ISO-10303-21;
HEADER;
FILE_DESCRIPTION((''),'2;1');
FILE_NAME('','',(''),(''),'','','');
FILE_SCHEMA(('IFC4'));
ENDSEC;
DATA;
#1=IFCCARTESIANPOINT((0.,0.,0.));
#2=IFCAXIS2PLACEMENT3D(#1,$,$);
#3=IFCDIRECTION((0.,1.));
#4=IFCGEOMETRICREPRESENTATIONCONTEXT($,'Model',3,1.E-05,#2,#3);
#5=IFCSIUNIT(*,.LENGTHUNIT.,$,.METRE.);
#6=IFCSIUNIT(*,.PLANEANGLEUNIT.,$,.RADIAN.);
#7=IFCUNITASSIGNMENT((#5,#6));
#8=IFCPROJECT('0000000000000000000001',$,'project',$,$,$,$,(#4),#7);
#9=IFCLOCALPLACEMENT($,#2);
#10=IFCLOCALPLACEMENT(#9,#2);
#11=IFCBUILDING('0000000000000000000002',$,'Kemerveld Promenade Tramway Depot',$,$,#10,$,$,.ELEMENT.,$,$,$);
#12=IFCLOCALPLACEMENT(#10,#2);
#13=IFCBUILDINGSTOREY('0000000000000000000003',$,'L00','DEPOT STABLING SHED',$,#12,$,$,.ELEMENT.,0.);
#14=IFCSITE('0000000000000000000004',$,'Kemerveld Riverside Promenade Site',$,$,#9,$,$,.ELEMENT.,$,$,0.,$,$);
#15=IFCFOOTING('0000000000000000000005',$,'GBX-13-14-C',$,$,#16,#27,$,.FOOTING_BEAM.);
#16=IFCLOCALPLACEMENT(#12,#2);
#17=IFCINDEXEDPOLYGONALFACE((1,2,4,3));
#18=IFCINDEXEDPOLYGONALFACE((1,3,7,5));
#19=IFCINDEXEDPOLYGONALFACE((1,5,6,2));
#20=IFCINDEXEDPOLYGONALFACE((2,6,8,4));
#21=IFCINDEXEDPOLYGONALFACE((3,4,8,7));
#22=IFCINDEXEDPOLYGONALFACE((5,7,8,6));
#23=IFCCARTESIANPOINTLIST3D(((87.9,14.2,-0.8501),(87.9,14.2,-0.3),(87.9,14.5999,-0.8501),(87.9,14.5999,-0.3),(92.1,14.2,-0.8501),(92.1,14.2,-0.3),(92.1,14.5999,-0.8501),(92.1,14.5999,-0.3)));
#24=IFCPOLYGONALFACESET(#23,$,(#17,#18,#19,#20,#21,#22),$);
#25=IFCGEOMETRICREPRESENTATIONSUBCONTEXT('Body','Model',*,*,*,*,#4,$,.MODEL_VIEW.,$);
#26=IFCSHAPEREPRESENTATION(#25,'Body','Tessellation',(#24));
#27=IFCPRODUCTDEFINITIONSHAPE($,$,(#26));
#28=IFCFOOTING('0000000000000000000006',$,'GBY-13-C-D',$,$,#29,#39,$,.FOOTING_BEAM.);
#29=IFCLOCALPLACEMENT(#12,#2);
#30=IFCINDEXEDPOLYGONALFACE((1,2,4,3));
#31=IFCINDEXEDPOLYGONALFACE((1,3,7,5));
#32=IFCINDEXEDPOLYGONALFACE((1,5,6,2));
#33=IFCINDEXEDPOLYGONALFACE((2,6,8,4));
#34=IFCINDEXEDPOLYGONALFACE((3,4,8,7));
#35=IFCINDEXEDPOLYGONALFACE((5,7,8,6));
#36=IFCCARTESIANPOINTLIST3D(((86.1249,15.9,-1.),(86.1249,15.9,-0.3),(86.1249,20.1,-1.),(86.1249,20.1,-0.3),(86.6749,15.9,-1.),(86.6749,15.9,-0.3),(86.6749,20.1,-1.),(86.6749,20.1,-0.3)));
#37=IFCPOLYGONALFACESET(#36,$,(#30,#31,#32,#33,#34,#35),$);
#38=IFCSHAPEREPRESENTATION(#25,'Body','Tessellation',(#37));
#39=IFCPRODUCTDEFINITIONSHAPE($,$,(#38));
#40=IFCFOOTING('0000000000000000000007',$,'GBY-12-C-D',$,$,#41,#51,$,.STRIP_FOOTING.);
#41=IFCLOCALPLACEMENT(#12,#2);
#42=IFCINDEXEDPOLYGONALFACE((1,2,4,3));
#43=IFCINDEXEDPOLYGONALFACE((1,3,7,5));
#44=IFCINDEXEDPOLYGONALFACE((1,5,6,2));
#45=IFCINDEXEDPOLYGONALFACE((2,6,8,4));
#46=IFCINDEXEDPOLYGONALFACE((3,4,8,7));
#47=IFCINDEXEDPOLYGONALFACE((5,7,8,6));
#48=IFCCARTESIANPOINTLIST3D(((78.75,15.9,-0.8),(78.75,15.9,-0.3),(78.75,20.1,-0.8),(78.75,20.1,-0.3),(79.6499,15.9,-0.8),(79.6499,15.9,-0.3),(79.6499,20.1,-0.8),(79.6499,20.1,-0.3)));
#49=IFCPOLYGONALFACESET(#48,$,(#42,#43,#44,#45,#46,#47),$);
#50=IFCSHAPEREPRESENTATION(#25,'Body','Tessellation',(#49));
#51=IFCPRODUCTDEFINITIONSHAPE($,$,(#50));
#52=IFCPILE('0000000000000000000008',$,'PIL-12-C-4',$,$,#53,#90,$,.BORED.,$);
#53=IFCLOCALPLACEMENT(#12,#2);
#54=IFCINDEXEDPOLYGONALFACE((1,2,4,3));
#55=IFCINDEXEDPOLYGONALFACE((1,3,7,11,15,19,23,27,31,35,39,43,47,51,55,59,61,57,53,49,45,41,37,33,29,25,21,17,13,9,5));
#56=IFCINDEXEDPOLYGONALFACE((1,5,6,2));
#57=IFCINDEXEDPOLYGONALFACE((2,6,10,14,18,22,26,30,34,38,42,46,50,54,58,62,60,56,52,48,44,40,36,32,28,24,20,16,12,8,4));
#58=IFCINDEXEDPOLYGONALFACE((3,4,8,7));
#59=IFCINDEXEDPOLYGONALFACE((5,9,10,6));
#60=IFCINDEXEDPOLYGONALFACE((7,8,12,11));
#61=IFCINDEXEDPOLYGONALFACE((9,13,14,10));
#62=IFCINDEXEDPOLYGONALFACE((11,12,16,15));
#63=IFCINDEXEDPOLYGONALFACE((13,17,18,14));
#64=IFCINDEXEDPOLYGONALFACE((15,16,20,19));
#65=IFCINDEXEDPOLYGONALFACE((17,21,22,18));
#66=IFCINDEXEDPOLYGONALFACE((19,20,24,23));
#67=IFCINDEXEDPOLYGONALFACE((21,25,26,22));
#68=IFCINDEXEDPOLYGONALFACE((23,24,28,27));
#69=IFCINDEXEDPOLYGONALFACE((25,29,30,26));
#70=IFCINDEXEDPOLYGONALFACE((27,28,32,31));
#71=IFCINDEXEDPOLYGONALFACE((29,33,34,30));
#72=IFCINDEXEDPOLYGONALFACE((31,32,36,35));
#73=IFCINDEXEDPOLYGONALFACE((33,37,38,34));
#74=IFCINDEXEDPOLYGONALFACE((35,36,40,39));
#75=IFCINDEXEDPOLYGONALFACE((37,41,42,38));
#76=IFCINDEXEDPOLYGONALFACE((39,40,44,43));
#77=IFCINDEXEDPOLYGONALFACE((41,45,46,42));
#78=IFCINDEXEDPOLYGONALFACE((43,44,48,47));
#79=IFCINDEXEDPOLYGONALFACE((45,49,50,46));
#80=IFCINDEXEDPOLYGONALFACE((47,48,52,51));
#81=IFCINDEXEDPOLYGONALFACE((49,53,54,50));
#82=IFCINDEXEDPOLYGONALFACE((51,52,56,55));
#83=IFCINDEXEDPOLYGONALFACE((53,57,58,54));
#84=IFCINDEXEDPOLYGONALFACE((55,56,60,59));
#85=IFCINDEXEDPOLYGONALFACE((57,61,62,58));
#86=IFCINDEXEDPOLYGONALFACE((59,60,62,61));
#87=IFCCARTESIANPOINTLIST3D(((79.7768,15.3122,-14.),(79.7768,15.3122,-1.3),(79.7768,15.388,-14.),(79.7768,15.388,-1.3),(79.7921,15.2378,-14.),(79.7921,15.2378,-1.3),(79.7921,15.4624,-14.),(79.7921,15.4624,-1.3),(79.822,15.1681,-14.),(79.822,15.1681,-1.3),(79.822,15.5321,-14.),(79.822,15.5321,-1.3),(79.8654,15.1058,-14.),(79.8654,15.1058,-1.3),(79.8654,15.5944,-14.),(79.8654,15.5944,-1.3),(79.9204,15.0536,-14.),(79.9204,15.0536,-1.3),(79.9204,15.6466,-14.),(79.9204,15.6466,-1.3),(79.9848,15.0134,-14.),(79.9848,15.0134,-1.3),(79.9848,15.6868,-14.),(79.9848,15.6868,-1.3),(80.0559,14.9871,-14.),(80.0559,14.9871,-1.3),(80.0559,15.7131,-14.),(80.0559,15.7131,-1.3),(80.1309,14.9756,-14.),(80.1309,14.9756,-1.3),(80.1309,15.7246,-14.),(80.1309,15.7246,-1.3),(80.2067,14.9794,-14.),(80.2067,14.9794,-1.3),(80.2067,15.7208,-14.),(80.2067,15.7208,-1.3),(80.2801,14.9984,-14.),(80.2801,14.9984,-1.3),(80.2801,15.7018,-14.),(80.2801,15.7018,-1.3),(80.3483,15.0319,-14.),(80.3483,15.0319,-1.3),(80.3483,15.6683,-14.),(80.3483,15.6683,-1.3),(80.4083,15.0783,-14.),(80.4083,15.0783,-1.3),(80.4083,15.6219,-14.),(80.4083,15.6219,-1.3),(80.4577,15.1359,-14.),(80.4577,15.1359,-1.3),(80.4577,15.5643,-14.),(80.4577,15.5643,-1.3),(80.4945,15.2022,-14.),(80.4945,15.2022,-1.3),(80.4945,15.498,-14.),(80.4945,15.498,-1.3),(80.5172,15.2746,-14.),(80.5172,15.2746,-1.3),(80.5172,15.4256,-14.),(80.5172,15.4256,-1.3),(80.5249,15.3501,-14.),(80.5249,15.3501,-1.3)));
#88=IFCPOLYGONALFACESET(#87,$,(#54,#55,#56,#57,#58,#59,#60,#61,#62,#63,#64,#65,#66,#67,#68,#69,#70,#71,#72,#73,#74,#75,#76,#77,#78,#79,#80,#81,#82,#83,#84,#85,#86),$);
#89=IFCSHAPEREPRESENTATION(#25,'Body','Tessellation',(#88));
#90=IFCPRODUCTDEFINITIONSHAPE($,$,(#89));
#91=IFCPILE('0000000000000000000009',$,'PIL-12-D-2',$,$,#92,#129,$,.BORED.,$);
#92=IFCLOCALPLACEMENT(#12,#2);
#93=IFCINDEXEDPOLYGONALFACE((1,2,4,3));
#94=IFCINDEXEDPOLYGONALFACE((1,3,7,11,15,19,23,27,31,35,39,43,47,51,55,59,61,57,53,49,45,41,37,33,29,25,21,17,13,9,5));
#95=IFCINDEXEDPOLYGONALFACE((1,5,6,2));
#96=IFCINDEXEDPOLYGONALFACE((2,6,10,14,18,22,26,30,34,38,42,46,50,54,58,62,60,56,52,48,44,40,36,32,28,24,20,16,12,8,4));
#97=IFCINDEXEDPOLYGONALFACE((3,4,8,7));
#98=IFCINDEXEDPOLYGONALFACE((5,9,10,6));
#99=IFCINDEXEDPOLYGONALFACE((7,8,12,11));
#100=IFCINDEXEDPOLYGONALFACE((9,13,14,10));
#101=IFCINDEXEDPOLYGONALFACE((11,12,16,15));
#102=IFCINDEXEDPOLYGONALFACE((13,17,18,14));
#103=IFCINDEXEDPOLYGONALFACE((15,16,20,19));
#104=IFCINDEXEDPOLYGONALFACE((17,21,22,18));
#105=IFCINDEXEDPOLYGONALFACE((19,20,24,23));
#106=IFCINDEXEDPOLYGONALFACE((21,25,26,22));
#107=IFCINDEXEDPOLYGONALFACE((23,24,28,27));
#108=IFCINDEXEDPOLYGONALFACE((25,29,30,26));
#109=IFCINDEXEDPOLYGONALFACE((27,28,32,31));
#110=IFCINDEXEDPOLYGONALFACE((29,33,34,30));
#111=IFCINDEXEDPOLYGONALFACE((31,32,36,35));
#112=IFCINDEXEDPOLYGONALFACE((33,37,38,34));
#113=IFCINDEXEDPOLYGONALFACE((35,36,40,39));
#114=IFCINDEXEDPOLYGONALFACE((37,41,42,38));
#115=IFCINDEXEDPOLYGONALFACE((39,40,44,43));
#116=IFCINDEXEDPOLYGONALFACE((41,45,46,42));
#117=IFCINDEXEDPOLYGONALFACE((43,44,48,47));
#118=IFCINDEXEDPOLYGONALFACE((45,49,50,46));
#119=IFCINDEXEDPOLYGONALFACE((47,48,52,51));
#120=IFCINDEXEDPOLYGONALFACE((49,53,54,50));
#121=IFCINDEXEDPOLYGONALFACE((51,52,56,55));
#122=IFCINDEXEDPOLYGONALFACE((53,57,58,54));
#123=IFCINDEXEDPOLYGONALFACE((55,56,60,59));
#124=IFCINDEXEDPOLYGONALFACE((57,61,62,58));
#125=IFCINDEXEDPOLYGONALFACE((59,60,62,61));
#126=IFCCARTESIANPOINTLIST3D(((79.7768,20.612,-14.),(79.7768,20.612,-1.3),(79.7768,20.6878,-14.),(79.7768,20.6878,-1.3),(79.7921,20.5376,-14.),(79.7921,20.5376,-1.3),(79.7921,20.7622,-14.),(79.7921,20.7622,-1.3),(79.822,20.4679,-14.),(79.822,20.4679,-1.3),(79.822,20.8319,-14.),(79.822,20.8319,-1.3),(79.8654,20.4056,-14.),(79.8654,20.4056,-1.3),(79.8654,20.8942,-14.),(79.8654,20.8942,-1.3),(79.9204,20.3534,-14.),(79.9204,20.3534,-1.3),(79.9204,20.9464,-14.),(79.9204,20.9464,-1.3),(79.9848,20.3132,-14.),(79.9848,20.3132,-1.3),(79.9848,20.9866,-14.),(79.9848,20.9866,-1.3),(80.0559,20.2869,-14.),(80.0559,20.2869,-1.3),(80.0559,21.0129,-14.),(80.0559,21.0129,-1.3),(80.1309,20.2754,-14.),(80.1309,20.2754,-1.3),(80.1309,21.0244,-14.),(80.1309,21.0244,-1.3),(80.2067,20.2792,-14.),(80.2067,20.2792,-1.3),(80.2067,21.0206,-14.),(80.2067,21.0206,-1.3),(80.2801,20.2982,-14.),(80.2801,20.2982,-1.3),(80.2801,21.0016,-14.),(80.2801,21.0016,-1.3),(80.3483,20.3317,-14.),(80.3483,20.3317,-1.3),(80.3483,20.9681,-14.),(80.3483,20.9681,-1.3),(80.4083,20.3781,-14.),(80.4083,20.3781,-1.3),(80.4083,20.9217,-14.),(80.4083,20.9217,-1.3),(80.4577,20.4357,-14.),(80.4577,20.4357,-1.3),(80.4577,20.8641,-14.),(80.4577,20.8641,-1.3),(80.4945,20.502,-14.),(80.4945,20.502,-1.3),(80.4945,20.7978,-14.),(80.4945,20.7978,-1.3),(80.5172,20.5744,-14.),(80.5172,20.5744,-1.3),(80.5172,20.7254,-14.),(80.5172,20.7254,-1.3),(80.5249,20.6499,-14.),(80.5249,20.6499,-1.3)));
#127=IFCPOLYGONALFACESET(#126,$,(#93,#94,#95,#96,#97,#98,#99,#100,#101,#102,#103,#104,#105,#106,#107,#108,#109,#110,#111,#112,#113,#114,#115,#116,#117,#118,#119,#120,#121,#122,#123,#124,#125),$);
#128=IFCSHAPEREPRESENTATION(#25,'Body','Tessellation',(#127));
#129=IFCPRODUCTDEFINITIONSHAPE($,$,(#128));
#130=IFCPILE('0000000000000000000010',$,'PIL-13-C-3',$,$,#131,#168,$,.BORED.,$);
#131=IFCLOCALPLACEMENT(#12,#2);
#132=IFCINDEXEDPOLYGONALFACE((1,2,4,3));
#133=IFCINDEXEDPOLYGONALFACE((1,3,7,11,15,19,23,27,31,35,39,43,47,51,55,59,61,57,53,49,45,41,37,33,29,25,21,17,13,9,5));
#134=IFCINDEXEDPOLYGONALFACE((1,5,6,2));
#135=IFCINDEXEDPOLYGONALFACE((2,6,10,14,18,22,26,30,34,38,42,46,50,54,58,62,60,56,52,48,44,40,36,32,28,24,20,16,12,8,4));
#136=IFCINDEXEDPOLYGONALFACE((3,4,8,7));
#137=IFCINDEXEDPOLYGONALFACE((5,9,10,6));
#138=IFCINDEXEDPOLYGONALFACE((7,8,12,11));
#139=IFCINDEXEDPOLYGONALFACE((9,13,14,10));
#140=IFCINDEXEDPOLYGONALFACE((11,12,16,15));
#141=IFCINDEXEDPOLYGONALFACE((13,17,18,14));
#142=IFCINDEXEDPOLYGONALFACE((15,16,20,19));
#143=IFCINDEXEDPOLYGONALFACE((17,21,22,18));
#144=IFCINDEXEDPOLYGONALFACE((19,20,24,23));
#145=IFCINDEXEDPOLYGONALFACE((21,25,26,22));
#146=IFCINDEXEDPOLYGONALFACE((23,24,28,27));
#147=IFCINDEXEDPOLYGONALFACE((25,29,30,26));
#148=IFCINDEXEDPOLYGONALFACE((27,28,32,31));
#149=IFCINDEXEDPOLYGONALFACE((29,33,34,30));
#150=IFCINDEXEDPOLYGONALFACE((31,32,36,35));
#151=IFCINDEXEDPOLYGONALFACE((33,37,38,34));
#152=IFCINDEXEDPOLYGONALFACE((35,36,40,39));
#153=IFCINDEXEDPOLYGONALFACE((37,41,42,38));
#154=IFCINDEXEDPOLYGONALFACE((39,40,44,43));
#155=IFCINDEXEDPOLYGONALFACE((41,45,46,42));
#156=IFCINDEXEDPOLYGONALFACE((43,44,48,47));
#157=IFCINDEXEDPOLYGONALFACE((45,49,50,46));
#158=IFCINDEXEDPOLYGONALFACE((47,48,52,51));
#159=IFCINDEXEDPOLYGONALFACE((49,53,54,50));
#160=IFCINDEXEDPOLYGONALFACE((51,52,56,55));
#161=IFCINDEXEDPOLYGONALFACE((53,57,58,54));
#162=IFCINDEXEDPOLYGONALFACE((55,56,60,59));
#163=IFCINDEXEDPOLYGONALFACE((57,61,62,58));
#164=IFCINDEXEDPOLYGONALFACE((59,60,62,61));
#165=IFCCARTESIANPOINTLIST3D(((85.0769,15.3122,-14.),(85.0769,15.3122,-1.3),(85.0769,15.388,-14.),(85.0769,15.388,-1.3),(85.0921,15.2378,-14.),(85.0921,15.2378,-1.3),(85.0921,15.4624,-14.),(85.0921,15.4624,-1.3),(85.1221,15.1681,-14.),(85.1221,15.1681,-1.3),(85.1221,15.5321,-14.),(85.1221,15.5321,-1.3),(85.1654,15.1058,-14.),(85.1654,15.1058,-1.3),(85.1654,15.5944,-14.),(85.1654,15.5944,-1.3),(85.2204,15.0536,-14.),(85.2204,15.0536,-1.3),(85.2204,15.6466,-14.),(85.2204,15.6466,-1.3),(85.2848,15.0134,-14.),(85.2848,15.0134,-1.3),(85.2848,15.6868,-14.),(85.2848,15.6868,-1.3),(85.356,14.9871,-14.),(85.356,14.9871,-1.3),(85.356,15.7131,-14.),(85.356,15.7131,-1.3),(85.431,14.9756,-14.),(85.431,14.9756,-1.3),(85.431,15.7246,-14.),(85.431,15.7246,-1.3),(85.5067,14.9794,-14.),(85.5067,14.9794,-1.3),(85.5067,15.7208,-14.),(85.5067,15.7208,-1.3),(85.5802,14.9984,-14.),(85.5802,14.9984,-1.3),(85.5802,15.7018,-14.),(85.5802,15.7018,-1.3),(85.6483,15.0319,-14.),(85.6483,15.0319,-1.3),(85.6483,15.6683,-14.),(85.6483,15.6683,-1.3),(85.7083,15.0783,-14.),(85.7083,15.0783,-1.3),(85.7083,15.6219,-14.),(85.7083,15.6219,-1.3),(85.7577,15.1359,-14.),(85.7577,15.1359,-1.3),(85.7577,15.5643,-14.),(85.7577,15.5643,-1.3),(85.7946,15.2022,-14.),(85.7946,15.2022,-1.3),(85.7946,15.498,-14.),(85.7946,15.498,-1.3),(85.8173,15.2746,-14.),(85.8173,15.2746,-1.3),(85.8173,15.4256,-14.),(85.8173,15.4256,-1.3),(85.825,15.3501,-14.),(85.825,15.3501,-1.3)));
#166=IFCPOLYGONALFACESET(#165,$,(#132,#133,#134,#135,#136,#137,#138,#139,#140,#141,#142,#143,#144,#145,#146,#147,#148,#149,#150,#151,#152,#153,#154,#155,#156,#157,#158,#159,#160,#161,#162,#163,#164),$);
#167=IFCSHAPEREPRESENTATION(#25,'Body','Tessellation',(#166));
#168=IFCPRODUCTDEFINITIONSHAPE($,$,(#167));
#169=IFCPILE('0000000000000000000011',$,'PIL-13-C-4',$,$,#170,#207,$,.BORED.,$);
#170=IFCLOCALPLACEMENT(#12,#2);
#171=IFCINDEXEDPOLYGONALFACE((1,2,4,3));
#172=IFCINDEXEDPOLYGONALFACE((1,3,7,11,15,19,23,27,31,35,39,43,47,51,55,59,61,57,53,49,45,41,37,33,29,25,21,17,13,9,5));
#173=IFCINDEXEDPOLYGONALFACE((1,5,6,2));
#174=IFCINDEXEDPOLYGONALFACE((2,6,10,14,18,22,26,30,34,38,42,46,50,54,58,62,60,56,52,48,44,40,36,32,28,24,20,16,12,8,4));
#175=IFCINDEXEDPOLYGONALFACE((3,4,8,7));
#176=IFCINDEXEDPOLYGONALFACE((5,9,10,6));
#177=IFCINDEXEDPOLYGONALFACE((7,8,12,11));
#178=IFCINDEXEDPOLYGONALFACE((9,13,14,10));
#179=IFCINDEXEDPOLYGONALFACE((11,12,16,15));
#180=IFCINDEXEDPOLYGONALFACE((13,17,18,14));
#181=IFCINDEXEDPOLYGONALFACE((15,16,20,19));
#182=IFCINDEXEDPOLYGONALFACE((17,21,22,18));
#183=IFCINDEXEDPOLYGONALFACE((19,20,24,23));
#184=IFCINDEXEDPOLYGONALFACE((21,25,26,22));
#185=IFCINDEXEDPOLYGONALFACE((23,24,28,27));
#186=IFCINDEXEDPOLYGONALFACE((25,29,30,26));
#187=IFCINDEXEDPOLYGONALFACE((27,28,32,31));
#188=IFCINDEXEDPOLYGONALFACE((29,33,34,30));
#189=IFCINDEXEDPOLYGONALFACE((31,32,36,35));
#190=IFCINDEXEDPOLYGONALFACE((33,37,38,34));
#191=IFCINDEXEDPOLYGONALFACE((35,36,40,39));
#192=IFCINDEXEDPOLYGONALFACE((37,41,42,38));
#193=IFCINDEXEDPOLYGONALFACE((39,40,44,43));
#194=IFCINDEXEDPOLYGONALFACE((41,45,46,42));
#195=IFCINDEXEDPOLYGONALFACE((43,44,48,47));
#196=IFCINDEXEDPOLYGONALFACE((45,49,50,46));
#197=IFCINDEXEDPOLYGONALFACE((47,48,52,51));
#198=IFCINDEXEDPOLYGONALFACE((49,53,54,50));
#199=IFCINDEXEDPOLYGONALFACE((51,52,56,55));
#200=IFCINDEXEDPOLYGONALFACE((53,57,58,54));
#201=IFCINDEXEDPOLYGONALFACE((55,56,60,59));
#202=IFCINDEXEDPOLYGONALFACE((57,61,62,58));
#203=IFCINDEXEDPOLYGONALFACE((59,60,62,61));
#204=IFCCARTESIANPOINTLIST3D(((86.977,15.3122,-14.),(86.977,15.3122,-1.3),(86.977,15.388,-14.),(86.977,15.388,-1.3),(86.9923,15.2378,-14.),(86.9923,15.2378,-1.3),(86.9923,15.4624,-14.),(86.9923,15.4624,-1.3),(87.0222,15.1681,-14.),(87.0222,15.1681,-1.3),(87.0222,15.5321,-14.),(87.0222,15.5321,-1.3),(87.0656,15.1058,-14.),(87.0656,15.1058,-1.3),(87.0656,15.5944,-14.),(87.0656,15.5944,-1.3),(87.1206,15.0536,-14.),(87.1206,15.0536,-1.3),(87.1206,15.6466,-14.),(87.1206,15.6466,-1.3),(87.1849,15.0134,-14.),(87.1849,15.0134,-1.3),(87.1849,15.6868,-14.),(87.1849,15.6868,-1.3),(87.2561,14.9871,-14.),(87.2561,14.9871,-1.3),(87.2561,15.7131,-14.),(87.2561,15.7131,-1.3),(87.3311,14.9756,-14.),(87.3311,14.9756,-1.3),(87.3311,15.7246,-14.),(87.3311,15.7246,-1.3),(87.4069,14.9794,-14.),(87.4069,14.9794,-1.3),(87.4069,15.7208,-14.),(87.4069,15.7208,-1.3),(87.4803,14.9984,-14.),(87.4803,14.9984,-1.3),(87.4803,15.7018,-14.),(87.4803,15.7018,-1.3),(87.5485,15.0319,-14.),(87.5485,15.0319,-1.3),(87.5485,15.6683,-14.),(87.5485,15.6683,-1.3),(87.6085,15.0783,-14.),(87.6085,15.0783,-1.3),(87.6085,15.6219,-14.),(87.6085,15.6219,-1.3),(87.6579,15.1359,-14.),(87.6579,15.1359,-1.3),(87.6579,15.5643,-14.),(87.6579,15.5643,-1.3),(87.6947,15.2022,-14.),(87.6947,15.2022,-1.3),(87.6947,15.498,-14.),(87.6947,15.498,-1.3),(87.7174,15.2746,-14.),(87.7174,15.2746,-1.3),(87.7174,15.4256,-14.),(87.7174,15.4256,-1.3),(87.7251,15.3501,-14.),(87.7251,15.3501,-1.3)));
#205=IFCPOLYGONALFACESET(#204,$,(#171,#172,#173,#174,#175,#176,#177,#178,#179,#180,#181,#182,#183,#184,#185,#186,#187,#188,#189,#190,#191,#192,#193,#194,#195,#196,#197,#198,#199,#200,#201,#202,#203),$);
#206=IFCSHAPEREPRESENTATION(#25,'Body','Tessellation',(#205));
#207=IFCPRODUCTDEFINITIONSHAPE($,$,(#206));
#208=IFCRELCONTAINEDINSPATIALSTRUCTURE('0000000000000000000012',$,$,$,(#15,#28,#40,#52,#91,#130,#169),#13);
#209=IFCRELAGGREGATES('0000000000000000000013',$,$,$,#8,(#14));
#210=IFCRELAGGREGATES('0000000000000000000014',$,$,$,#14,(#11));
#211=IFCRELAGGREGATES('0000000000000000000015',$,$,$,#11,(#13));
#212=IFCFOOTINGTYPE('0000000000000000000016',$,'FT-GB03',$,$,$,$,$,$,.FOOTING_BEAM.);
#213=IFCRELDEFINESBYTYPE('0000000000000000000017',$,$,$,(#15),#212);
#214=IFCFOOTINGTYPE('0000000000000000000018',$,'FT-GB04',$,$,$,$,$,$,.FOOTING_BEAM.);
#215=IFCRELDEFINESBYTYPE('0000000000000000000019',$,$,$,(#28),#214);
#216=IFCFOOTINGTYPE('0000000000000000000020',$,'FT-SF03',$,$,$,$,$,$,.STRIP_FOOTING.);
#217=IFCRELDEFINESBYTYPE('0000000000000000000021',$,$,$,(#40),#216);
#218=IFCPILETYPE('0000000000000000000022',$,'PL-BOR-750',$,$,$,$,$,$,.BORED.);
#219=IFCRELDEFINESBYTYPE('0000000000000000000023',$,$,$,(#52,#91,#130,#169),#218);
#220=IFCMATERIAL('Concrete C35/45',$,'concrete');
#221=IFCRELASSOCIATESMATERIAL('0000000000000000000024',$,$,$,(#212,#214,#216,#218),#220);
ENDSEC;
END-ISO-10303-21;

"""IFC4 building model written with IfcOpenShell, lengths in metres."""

from ifc_helpers import new_model, si_unit, direction, frame, origin, origin_2d, place, context, subcontext, project, spatial, rectangle, circle, extrude, material, material_profile, profile_set, type_object, element, save


model = new_model("IFC4")

# Units and contexts
model_context = context("Model", 3, precision=1e-05, world=origin(), true_north=direction((0.0, 1.0)))
body_context = subcontext(model_context, "Body", "Model", "MODEL_VIEW")
ifc_project = project(units=[si_unit("LENGTHUNIT", "METRE"), si_unit("PLANEANGLEUNIT", "RADIAN")], contexts=[model_context])

# Site, building, storey
site_placement = place(None, origin())
site = spatial("IfcSite", under=ifc_project, at=site_placement, Name="Kemerveld Riverside Promenade Site", CompositionType="ELEMENT", RefElevation=0.0)
building_placement = place(site_placement, origin())
building = spatial("IfcBuilding", under=site, at=building_placement, Name="Kemerveld Promenade Tramway Depot", CompositionType="ELEMENT")
storey_placement = place(building_placement, origin())
storey = spatial("IfcBuildingStorey", under=building, at=storey_placement, Name="L00", Description="DEPOT STABLING SHED", CompositionType="ELEMENT", Elevation=0.0)

# Footings
ifc_material_1 = material(Name="Concrete C35/45", Category="concrete")
footing_type_1 = type_object("IfcFootingType", Name="FT-GB03", PredefinedType="FOOTING_BEAM", material=ifc_material_1)
footing_1_placement = place(storey_placement, frame((90.0, 14.3999, -0.8501), z_axis=(0.0, 0.0, 1.0), x_axis=(1.0, 0.0, 0.0)))
element("IfcFooting", 1, at=footing_1_placement, inside=storey, type_object=footing_type_1, Name="GBX-13-14-C", PredefinedType="FOOTING_BEAM", context=body_context, shape_type="SweptSolid", body=[
    extrude(rectangle(XDim=4.2, YDim=0.3999, at=origin_2d()), origin(), (0.0, 0.0, 1.0), 0.55),
])
footing_type_2 = type_object("IfcFootingType", Name="FT-GB04", PredefinedType="FOOTING_BEAM", material=ifc_material_1)
footing_2_placement = place(storey_placement, frame((86.3999, 18.0, -1.0), z_axis=(0.0, 0.0, 1.0), x_axis=(0.0, 1.0, 0.0)))
element("IfcFooting", 2, at=footing_2_placement, inside=storey, type_object=footing_type_2, Name="GBY-13-C-D", PredefinedType="FOOTING_BEAM", context=body_context, shape_type="SweptSolid", body=[
    extrude(rectangle(XDim=4.2, YDim=0.55, at=origin_2d()), origin(), (0.0, 0.0, 1.0), 0.7),
])
footing_type_3 = type_object("IfcFootingType", Name="FT-SF03", PredefinedType="STRIP_FOOTING", material=ifc_material_1)
footing_3_placement = place(storey_placement, frame((79.2, 18.0, -0.8), z_axis=(0.0, 0.0, 1.0), x_axis=(0.0, 1.0, 0.0)))
element("IfcFooting", 3, at=footing_3_placement, inside=storey, type_object=footing_type_3, Name="GBY-12-C-D", PredefinedType="STRIP_FOOTING", context=body_context, shape_type="SweptSolid", body=[
    extrude(rectangle(XDim=4.2, YDim=0.8999, at=origin_2d()), origin(), (0.0, 0.0, 1.0), 0.5),
])

# Piles
ifc_material_profile_1 = material_profile(ifc_material_1, circle(Radius=0.375, at=origin_2d()), Name="PILE-D750")
ifc_profile_set_1 = profile_set([ifc_material_profile_1], Name="Concrete C35/45")
pile_type = type_object("IfcPileType", Name="PL-BOR-750", PredefinedType="BORED", material=ifc_profile_set_1)
for number, where, z_axis, x_axis, name in (
    (4, (80.1499, 15.3501, -1.3), (0.0, 0.0, -1.0), (1.0, 0.0, 0.0), "PIL-12-C-4"),
    (5, (80.1499, 20.6499, -1.3), (0.0, 0.0, -1.0), (1.0, 0.0, 0.0), "PIL-12-D-2"),
    (6, (85.45, 15.3501, -1.3), (0.0, 0.0, -1.0), (1.0, 0.0, 0.0), "PIL-13-C-3"),
    (7, (87.3501, 15.3501, -1.3), (0.0, 0.0, -1.0), (1.0, 0.0, 0.0), "PIL-13-C-4"),
):
    element("IfcPile", number, at=place(storey_placement, frame(where, z_axis=z_axis, x_axis=x_axis)), inside=storey, type_object=pile_type, Name=name, PredefinedType="BORED", context=body_context, shape_type="SweptSolid", body=[
        extrude(circle(Radius=0.375, at=origin_2d()), origin(), (0.0, 0.0, 1.0), 12.7),
    ])

save(model, "model.ifc")
